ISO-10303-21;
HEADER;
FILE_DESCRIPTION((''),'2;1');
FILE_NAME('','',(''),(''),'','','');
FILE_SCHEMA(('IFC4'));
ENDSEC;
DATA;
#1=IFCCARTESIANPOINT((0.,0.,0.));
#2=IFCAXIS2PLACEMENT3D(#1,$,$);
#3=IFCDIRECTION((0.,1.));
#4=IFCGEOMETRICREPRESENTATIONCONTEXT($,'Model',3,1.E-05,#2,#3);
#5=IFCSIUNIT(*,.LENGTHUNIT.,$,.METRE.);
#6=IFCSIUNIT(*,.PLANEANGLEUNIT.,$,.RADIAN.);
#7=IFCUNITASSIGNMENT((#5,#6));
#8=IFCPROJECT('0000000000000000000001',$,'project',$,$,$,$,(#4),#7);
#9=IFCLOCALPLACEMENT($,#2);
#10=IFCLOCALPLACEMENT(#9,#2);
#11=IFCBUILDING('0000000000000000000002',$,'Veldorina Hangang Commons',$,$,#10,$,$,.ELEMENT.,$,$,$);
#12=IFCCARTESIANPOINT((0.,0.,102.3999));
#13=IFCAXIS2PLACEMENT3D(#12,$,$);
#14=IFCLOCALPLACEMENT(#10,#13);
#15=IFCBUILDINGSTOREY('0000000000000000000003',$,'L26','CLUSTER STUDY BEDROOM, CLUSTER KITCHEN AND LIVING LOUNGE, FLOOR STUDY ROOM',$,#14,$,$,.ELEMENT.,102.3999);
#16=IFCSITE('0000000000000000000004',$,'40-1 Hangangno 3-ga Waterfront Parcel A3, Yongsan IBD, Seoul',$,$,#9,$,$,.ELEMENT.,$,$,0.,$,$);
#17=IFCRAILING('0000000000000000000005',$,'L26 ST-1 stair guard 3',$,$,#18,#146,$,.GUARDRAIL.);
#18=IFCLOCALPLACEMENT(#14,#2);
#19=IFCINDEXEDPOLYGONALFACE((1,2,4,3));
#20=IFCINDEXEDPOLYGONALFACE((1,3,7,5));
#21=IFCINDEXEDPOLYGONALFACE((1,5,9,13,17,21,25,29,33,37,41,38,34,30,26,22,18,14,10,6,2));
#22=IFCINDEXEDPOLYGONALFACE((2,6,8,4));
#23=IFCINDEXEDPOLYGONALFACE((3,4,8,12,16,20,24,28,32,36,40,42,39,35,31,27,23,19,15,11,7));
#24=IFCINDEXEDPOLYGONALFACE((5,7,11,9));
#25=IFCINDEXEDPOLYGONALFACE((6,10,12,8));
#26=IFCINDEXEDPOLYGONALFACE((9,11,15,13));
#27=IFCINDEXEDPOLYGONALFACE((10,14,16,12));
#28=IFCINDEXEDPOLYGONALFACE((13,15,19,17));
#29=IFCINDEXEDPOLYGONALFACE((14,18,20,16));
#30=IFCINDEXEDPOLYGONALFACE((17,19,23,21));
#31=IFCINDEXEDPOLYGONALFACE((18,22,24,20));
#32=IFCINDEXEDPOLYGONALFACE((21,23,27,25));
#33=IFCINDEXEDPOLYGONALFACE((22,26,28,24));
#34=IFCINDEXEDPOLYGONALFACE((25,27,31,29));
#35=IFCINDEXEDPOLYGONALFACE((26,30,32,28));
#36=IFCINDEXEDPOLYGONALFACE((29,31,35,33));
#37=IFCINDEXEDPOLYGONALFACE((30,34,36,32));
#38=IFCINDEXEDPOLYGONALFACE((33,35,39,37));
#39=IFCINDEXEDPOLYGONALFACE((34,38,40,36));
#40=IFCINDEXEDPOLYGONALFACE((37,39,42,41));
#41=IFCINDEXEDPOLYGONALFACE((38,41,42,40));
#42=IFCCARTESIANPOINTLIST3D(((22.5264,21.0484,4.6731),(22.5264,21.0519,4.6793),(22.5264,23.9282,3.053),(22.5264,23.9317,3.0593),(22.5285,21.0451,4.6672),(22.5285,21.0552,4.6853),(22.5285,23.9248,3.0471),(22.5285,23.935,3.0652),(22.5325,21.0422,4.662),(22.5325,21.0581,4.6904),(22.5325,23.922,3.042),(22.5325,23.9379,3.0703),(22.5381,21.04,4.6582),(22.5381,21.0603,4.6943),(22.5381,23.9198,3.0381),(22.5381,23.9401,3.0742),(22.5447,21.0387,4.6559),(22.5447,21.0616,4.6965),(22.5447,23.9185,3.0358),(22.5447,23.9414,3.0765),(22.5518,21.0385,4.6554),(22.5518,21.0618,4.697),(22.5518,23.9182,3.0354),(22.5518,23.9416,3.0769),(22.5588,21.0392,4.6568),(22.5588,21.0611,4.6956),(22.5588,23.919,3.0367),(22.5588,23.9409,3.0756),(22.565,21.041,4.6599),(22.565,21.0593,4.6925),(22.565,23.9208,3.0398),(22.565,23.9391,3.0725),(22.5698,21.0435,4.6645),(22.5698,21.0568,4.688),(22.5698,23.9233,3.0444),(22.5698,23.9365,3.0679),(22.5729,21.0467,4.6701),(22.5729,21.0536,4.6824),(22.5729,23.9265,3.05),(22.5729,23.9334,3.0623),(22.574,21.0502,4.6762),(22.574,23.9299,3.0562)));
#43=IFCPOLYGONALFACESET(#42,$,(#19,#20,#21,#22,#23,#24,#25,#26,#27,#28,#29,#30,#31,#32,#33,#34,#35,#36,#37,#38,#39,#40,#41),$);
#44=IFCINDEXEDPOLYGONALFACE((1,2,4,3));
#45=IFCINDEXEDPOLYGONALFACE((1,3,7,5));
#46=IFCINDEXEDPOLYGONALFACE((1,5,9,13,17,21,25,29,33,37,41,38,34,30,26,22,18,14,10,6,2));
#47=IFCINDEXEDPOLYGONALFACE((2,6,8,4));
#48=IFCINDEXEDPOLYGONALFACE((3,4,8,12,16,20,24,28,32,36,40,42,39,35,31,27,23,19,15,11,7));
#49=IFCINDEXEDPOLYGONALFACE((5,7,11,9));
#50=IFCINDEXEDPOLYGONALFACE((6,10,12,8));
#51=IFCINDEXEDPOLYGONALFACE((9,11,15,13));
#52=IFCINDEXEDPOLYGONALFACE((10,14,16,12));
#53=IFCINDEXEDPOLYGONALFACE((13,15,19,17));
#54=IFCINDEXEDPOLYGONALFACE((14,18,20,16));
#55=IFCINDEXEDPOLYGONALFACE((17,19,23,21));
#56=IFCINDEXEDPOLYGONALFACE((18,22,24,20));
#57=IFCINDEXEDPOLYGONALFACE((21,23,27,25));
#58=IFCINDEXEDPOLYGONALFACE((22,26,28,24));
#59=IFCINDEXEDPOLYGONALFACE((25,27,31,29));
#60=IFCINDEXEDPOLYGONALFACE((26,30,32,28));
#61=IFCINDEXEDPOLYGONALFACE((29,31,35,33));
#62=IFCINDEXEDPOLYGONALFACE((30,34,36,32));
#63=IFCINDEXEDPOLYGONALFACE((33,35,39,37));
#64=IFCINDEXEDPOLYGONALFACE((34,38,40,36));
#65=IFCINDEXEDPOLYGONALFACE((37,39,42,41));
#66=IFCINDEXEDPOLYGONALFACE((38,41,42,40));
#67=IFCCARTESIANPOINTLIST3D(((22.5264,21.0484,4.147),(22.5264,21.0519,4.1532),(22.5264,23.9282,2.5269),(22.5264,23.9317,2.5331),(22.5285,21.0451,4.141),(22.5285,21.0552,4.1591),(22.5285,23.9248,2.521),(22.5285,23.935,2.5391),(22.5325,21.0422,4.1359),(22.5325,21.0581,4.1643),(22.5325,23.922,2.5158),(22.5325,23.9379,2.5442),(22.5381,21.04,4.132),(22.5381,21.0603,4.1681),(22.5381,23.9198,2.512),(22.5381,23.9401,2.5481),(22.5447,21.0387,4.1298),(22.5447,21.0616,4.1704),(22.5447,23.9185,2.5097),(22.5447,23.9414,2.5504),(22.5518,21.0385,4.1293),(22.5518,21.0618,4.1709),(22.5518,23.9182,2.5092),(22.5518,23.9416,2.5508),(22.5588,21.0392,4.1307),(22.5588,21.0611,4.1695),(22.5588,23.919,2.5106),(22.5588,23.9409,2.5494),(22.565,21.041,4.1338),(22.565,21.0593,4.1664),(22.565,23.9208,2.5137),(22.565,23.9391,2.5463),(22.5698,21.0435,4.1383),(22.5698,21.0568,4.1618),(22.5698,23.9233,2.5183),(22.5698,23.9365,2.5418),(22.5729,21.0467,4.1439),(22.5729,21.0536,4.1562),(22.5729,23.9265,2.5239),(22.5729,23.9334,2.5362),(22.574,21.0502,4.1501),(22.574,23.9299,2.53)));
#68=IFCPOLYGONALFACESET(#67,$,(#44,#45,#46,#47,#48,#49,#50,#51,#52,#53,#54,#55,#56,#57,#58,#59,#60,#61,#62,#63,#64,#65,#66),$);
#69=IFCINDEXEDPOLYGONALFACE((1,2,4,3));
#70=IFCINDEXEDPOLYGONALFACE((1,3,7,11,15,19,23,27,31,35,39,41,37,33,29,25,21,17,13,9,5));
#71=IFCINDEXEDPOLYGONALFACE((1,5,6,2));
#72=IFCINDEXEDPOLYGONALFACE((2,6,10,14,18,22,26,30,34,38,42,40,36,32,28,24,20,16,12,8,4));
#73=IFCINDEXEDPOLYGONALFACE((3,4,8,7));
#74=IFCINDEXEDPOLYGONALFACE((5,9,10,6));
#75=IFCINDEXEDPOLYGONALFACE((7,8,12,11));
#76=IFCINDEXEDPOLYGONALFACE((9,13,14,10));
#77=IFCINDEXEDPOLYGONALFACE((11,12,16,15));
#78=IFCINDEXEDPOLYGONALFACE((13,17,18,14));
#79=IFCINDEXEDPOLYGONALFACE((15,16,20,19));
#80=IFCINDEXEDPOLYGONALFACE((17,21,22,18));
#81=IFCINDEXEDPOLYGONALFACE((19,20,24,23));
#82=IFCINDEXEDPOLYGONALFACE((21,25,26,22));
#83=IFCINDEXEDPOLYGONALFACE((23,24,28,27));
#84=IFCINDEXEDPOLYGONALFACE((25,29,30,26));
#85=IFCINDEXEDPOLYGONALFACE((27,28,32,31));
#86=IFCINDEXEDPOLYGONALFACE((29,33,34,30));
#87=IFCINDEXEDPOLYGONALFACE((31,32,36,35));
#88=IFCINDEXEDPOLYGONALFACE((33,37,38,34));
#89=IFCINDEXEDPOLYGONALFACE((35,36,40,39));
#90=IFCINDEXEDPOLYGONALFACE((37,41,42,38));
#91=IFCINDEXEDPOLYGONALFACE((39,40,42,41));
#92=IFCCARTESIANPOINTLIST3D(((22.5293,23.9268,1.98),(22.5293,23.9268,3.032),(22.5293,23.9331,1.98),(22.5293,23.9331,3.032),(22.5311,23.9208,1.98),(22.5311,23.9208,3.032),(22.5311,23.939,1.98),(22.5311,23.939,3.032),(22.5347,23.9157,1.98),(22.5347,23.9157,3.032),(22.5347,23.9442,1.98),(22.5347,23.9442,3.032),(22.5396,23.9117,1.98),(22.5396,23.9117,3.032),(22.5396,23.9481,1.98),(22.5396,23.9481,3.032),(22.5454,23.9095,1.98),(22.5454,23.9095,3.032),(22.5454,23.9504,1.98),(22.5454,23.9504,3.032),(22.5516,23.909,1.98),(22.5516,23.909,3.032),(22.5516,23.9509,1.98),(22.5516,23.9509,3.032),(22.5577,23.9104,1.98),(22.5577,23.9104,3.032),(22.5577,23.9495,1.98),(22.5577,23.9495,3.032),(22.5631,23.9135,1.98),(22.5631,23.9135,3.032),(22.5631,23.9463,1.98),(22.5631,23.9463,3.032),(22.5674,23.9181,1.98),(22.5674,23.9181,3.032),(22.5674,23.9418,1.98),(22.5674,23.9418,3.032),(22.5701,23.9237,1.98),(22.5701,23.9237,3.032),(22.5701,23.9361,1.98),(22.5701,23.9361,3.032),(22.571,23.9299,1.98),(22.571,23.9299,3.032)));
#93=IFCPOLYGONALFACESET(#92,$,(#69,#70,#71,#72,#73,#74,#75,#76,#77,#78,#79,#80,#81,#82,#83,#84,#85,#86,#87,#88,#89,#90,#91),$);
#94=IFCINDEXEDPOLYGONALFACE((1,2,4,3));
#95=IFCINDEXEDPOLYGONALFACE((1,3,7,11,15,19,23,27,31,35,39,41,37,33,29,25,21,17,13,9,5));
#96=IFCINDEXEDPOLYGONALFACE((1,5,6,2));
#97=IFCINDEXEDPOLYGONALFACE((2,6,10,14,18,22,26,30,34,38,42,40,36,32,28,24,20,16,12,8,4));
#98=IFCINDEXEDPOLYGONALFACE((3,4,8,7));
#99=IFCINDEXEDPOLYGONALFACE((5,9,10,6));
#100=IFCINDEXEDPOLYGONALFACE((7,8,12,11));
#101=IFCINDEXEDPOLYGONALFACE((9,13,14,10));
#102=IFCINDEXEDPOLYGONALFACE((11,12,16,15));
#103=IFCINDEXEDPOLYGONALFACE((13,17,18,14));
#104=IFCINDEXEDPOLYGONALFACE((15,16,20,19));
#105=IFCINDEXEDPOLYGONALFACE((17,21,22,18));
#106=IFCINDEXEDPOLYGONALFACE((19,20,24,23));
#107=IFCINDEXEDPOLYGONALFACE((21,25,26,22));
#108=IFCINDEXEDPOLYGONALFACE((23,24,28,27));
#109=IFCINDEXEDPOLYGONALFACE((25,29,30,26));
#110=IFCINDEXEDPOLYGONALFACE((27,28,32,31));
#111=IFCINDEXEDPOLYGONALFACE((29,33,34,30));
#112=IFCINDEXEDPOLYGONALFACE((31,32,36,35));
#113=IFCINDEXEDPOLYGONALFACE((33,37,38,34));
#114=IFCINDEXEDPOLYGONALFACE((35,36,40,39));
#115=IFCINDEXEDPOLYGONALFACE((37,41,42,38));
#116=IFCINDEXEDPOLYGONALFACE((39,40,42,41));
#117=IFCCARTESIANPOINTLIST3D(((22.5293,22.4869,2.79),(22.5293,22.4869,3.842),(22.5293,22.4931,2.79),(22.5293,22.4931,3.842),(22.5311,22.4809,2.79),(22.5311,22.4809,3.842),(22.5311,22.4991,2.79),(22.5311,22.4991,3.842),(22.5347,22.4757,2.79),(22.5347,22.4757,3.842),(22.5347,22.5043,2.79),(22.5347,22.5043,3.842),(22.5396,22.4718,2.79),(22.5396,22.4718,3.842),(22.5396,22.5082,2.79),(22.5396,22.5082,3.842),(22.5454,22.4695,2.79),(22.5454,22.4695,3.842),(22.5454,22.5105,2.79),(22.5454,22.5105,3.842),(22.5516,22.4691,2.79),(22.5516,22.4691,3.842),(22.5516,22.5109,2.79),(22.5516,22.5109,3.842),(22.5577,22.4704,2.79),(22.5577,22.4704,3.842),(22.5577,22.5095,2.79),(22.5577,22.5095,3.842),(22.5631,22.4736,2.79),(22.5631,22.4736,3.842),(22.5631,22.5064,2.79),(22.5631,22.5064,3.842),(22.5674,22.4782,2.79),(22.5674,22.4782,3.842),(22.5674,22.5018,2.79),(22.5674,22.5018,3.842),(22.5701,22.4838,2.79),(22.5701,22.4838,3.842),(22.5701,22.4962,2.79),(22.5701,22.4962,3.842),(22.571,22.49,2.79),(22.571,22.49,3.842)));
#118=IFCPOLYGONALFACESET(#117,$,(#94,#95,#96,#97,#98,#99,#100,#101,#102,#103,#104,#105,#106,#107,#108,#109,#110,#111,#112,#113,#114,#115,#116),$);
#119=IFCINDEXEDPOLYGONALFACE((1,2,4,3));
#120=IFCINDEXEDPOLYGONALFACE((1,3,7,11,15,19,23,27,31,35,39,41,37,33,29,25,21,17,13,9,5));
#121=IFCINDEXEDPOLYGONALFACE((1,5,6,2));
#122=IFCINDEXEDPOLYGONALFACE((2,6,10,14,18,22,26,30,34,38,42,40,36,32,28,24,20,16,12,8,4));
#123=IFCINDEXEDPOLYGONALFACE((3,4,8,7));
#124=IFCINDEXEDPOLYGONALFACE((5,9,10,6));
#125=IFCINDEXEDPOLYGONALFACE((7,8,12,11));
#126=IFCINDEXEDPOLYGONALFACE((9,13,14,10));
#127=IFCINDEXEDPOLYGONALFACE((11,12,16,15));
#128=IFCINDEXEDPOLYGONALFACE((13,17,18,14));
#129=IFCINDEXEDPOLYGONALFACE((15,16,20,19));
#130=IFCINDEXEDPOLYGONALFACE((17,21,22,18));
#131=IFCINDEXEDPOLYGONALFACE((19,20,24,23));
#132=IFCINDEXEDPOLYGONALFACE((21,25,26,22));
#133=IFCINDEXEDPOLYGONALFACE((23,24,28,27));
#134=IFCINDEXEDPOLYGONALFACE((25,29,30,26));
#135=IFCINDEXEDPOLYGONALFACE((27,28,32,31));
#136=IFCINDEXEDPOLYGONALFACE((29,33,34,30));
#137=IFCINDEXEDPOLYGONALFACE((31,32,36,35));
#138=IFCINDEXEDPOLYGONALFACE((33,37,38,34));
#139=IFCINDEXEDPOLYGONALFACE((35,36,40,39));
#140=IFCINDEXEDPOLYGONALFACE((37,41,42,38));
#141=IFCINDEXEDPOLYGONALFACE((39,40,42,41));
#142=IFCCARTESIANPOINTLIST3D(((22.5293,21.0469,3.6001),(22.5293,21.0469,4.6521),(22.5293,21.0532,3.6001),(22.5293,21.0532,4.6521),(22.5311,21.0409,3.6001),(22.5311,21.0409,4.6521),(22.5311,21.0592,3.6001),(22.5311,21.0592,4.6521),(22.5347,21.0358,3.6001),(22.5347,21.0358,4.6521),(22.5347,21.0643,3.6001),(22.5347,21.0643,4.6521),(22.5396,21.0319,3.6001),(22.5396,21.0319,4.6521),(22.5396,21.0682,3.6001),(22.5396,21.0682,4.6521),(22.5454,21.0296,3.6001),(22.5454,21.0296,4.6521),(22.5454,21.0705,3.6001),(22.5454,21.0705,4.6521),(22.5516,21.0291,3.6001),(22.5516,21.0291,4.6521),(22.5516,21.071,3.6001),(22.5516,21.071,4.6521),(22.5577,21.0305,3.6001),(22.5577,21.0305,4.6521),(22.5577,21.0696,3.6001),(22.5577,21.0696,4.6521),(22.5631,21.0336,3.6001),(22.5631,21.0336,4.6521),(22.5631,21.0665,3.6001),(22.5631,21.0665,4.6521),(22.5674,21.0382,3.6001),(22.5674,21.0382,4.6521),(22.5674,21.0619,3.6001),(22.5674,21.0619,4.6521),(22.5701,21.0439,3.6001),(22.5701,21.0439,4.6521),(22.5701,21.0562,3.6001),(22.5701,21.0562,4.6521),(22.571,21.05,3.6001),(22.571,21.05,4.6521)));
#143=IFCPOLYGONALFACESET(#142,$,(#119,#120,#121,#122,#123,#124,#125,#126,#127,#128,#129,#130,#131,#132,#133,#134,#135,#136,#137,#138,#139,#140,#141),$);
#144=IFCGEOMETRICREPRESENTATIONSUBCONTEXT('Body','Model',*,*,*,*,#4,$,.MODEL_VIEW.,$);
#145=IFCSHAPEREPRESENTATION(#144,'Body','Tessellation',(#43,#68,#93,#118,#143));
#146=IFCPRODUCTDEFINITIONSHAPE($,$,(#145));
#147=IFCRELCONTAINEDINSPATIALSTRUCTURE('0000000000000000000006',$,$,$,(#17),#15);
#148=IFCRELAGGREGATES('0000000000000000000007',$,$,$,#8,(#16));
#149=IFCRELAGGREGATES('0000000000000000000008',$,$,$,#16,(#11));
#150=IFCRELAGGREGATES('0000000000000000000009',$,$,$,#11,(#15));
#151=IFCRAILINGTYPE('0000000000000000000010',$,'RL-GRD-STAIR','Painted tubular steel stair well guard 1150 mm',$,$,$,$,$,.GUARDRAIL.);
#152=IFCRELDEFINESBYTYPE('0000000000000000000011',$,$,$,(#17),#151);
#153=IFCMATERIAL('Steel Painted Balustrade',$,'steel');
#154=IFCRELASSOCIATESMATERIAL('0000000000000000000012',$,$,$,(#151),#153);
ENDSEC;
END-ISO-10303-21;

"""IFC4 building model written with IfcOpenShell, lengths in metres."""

from ifc_helpers import new_model, si_unit, direction, frame, origin, origin_2d, place, context, subcontext, project, spatial, circle, extrude, material, type_object, element, save


model = new_model("IFC4")

# Units and contexts
model_context = context("Model", 3, precision=1e-05, world=origin(), true_north=direction((0.0, 1.0)))
body_context = subcontext(model_context, "Body", "Model", "MODEL_VIEW")
ifc_project = project(units=[si_unit("LENGTHUNIT", "METRE"), si_unit("PLANEANGLEUNIT", "RADIAN")], contexts=[model_context])

# Site, building, storey
site_placement = place(None, origin())
site = spatial("IfcSite", under=ifc_project, at=site_placement, Name="40-1 Hangangno 3-ga Waterfront Parcel A3, Yongsan IBD, Seoul", CompositionType="ELEMENT", RefElevation=0.0)
building_placement = place(site_placement, origin())
building = spatial("IfcBuilding", under=site, at=building_placement, Name="Veldorina Hangang Commons", CompositionType="ELEMENT")
storey_placement = place(building_placement, frame((0.0, 0.0, 102.3999)))
storey = spatial("IfcBuildingStorey", under=building, at=storey_placement, Name="L26", Description="CLUSTER STUDY BEDROOM, CLUSTER KITCHEN AND LIVING LOUNGE, FLOOR STUDY ROOM", CompositionType="ELEMENT", Elevation=102.3999)

# Railing
ifc_material_1 = material(Name="Steel Painted Balustrade", Category="steel")
railing_type_1 = type_object("IfcRailingType", Name="RL-GRD-STAIR", Description="Painted tubular steel stair well guard 1150 mm", PredefinedType="GUARDRAIL", material=ifc_material_1)
railing_1_placement = place(storey_placement, frame((22.55, 23.9299, 1.98)))
element("IfcRailing", 1, at=railing_1_placement, inside=storey, type_object=railing_type_1, Name="L26 ST-1 stair guard 3", PredefinedType="GUARDRAIL", context=body_context, shape_type="SweptSolid", body=[
    extrude(circle(Radius=0.0239, at=origin_2d()), frame((0.0, 0.0, 1.0762), z_axis=(0.0, -0.871552, 0.490303), x_axis=(1.0, 0.0, 0.0)), (0.0, 0.0, 1.0), 3.3042),
    extrude(circle(Radius=0.0239, at=origin_2d()), frame((0.0, 0.0, 0.55), z_axis=(0.0, -0.871552, 0.490303), x_axis=(1.0, 0.0, 0.0)), (0.0, 0.0, 1.0), 3.3042),
    extrude(circle(Radius=0.021, at=origin_2d()), origin(), (0.0, 0.0, 1.0), 1.052),
    extrude(circle(Radius=0.021, at=origin_2d()), frame((0.0, -1.4399, 0.8101)), (0.0, 0.0, 1.0), 1.052),
    extrude(circle(Radius=0.021, at=origin_2d()), frame((0.0, -2.8799, 1.6201)), (0.0, 0.0, 1.0), 1.052),
])

save(model, "model.ifc")
